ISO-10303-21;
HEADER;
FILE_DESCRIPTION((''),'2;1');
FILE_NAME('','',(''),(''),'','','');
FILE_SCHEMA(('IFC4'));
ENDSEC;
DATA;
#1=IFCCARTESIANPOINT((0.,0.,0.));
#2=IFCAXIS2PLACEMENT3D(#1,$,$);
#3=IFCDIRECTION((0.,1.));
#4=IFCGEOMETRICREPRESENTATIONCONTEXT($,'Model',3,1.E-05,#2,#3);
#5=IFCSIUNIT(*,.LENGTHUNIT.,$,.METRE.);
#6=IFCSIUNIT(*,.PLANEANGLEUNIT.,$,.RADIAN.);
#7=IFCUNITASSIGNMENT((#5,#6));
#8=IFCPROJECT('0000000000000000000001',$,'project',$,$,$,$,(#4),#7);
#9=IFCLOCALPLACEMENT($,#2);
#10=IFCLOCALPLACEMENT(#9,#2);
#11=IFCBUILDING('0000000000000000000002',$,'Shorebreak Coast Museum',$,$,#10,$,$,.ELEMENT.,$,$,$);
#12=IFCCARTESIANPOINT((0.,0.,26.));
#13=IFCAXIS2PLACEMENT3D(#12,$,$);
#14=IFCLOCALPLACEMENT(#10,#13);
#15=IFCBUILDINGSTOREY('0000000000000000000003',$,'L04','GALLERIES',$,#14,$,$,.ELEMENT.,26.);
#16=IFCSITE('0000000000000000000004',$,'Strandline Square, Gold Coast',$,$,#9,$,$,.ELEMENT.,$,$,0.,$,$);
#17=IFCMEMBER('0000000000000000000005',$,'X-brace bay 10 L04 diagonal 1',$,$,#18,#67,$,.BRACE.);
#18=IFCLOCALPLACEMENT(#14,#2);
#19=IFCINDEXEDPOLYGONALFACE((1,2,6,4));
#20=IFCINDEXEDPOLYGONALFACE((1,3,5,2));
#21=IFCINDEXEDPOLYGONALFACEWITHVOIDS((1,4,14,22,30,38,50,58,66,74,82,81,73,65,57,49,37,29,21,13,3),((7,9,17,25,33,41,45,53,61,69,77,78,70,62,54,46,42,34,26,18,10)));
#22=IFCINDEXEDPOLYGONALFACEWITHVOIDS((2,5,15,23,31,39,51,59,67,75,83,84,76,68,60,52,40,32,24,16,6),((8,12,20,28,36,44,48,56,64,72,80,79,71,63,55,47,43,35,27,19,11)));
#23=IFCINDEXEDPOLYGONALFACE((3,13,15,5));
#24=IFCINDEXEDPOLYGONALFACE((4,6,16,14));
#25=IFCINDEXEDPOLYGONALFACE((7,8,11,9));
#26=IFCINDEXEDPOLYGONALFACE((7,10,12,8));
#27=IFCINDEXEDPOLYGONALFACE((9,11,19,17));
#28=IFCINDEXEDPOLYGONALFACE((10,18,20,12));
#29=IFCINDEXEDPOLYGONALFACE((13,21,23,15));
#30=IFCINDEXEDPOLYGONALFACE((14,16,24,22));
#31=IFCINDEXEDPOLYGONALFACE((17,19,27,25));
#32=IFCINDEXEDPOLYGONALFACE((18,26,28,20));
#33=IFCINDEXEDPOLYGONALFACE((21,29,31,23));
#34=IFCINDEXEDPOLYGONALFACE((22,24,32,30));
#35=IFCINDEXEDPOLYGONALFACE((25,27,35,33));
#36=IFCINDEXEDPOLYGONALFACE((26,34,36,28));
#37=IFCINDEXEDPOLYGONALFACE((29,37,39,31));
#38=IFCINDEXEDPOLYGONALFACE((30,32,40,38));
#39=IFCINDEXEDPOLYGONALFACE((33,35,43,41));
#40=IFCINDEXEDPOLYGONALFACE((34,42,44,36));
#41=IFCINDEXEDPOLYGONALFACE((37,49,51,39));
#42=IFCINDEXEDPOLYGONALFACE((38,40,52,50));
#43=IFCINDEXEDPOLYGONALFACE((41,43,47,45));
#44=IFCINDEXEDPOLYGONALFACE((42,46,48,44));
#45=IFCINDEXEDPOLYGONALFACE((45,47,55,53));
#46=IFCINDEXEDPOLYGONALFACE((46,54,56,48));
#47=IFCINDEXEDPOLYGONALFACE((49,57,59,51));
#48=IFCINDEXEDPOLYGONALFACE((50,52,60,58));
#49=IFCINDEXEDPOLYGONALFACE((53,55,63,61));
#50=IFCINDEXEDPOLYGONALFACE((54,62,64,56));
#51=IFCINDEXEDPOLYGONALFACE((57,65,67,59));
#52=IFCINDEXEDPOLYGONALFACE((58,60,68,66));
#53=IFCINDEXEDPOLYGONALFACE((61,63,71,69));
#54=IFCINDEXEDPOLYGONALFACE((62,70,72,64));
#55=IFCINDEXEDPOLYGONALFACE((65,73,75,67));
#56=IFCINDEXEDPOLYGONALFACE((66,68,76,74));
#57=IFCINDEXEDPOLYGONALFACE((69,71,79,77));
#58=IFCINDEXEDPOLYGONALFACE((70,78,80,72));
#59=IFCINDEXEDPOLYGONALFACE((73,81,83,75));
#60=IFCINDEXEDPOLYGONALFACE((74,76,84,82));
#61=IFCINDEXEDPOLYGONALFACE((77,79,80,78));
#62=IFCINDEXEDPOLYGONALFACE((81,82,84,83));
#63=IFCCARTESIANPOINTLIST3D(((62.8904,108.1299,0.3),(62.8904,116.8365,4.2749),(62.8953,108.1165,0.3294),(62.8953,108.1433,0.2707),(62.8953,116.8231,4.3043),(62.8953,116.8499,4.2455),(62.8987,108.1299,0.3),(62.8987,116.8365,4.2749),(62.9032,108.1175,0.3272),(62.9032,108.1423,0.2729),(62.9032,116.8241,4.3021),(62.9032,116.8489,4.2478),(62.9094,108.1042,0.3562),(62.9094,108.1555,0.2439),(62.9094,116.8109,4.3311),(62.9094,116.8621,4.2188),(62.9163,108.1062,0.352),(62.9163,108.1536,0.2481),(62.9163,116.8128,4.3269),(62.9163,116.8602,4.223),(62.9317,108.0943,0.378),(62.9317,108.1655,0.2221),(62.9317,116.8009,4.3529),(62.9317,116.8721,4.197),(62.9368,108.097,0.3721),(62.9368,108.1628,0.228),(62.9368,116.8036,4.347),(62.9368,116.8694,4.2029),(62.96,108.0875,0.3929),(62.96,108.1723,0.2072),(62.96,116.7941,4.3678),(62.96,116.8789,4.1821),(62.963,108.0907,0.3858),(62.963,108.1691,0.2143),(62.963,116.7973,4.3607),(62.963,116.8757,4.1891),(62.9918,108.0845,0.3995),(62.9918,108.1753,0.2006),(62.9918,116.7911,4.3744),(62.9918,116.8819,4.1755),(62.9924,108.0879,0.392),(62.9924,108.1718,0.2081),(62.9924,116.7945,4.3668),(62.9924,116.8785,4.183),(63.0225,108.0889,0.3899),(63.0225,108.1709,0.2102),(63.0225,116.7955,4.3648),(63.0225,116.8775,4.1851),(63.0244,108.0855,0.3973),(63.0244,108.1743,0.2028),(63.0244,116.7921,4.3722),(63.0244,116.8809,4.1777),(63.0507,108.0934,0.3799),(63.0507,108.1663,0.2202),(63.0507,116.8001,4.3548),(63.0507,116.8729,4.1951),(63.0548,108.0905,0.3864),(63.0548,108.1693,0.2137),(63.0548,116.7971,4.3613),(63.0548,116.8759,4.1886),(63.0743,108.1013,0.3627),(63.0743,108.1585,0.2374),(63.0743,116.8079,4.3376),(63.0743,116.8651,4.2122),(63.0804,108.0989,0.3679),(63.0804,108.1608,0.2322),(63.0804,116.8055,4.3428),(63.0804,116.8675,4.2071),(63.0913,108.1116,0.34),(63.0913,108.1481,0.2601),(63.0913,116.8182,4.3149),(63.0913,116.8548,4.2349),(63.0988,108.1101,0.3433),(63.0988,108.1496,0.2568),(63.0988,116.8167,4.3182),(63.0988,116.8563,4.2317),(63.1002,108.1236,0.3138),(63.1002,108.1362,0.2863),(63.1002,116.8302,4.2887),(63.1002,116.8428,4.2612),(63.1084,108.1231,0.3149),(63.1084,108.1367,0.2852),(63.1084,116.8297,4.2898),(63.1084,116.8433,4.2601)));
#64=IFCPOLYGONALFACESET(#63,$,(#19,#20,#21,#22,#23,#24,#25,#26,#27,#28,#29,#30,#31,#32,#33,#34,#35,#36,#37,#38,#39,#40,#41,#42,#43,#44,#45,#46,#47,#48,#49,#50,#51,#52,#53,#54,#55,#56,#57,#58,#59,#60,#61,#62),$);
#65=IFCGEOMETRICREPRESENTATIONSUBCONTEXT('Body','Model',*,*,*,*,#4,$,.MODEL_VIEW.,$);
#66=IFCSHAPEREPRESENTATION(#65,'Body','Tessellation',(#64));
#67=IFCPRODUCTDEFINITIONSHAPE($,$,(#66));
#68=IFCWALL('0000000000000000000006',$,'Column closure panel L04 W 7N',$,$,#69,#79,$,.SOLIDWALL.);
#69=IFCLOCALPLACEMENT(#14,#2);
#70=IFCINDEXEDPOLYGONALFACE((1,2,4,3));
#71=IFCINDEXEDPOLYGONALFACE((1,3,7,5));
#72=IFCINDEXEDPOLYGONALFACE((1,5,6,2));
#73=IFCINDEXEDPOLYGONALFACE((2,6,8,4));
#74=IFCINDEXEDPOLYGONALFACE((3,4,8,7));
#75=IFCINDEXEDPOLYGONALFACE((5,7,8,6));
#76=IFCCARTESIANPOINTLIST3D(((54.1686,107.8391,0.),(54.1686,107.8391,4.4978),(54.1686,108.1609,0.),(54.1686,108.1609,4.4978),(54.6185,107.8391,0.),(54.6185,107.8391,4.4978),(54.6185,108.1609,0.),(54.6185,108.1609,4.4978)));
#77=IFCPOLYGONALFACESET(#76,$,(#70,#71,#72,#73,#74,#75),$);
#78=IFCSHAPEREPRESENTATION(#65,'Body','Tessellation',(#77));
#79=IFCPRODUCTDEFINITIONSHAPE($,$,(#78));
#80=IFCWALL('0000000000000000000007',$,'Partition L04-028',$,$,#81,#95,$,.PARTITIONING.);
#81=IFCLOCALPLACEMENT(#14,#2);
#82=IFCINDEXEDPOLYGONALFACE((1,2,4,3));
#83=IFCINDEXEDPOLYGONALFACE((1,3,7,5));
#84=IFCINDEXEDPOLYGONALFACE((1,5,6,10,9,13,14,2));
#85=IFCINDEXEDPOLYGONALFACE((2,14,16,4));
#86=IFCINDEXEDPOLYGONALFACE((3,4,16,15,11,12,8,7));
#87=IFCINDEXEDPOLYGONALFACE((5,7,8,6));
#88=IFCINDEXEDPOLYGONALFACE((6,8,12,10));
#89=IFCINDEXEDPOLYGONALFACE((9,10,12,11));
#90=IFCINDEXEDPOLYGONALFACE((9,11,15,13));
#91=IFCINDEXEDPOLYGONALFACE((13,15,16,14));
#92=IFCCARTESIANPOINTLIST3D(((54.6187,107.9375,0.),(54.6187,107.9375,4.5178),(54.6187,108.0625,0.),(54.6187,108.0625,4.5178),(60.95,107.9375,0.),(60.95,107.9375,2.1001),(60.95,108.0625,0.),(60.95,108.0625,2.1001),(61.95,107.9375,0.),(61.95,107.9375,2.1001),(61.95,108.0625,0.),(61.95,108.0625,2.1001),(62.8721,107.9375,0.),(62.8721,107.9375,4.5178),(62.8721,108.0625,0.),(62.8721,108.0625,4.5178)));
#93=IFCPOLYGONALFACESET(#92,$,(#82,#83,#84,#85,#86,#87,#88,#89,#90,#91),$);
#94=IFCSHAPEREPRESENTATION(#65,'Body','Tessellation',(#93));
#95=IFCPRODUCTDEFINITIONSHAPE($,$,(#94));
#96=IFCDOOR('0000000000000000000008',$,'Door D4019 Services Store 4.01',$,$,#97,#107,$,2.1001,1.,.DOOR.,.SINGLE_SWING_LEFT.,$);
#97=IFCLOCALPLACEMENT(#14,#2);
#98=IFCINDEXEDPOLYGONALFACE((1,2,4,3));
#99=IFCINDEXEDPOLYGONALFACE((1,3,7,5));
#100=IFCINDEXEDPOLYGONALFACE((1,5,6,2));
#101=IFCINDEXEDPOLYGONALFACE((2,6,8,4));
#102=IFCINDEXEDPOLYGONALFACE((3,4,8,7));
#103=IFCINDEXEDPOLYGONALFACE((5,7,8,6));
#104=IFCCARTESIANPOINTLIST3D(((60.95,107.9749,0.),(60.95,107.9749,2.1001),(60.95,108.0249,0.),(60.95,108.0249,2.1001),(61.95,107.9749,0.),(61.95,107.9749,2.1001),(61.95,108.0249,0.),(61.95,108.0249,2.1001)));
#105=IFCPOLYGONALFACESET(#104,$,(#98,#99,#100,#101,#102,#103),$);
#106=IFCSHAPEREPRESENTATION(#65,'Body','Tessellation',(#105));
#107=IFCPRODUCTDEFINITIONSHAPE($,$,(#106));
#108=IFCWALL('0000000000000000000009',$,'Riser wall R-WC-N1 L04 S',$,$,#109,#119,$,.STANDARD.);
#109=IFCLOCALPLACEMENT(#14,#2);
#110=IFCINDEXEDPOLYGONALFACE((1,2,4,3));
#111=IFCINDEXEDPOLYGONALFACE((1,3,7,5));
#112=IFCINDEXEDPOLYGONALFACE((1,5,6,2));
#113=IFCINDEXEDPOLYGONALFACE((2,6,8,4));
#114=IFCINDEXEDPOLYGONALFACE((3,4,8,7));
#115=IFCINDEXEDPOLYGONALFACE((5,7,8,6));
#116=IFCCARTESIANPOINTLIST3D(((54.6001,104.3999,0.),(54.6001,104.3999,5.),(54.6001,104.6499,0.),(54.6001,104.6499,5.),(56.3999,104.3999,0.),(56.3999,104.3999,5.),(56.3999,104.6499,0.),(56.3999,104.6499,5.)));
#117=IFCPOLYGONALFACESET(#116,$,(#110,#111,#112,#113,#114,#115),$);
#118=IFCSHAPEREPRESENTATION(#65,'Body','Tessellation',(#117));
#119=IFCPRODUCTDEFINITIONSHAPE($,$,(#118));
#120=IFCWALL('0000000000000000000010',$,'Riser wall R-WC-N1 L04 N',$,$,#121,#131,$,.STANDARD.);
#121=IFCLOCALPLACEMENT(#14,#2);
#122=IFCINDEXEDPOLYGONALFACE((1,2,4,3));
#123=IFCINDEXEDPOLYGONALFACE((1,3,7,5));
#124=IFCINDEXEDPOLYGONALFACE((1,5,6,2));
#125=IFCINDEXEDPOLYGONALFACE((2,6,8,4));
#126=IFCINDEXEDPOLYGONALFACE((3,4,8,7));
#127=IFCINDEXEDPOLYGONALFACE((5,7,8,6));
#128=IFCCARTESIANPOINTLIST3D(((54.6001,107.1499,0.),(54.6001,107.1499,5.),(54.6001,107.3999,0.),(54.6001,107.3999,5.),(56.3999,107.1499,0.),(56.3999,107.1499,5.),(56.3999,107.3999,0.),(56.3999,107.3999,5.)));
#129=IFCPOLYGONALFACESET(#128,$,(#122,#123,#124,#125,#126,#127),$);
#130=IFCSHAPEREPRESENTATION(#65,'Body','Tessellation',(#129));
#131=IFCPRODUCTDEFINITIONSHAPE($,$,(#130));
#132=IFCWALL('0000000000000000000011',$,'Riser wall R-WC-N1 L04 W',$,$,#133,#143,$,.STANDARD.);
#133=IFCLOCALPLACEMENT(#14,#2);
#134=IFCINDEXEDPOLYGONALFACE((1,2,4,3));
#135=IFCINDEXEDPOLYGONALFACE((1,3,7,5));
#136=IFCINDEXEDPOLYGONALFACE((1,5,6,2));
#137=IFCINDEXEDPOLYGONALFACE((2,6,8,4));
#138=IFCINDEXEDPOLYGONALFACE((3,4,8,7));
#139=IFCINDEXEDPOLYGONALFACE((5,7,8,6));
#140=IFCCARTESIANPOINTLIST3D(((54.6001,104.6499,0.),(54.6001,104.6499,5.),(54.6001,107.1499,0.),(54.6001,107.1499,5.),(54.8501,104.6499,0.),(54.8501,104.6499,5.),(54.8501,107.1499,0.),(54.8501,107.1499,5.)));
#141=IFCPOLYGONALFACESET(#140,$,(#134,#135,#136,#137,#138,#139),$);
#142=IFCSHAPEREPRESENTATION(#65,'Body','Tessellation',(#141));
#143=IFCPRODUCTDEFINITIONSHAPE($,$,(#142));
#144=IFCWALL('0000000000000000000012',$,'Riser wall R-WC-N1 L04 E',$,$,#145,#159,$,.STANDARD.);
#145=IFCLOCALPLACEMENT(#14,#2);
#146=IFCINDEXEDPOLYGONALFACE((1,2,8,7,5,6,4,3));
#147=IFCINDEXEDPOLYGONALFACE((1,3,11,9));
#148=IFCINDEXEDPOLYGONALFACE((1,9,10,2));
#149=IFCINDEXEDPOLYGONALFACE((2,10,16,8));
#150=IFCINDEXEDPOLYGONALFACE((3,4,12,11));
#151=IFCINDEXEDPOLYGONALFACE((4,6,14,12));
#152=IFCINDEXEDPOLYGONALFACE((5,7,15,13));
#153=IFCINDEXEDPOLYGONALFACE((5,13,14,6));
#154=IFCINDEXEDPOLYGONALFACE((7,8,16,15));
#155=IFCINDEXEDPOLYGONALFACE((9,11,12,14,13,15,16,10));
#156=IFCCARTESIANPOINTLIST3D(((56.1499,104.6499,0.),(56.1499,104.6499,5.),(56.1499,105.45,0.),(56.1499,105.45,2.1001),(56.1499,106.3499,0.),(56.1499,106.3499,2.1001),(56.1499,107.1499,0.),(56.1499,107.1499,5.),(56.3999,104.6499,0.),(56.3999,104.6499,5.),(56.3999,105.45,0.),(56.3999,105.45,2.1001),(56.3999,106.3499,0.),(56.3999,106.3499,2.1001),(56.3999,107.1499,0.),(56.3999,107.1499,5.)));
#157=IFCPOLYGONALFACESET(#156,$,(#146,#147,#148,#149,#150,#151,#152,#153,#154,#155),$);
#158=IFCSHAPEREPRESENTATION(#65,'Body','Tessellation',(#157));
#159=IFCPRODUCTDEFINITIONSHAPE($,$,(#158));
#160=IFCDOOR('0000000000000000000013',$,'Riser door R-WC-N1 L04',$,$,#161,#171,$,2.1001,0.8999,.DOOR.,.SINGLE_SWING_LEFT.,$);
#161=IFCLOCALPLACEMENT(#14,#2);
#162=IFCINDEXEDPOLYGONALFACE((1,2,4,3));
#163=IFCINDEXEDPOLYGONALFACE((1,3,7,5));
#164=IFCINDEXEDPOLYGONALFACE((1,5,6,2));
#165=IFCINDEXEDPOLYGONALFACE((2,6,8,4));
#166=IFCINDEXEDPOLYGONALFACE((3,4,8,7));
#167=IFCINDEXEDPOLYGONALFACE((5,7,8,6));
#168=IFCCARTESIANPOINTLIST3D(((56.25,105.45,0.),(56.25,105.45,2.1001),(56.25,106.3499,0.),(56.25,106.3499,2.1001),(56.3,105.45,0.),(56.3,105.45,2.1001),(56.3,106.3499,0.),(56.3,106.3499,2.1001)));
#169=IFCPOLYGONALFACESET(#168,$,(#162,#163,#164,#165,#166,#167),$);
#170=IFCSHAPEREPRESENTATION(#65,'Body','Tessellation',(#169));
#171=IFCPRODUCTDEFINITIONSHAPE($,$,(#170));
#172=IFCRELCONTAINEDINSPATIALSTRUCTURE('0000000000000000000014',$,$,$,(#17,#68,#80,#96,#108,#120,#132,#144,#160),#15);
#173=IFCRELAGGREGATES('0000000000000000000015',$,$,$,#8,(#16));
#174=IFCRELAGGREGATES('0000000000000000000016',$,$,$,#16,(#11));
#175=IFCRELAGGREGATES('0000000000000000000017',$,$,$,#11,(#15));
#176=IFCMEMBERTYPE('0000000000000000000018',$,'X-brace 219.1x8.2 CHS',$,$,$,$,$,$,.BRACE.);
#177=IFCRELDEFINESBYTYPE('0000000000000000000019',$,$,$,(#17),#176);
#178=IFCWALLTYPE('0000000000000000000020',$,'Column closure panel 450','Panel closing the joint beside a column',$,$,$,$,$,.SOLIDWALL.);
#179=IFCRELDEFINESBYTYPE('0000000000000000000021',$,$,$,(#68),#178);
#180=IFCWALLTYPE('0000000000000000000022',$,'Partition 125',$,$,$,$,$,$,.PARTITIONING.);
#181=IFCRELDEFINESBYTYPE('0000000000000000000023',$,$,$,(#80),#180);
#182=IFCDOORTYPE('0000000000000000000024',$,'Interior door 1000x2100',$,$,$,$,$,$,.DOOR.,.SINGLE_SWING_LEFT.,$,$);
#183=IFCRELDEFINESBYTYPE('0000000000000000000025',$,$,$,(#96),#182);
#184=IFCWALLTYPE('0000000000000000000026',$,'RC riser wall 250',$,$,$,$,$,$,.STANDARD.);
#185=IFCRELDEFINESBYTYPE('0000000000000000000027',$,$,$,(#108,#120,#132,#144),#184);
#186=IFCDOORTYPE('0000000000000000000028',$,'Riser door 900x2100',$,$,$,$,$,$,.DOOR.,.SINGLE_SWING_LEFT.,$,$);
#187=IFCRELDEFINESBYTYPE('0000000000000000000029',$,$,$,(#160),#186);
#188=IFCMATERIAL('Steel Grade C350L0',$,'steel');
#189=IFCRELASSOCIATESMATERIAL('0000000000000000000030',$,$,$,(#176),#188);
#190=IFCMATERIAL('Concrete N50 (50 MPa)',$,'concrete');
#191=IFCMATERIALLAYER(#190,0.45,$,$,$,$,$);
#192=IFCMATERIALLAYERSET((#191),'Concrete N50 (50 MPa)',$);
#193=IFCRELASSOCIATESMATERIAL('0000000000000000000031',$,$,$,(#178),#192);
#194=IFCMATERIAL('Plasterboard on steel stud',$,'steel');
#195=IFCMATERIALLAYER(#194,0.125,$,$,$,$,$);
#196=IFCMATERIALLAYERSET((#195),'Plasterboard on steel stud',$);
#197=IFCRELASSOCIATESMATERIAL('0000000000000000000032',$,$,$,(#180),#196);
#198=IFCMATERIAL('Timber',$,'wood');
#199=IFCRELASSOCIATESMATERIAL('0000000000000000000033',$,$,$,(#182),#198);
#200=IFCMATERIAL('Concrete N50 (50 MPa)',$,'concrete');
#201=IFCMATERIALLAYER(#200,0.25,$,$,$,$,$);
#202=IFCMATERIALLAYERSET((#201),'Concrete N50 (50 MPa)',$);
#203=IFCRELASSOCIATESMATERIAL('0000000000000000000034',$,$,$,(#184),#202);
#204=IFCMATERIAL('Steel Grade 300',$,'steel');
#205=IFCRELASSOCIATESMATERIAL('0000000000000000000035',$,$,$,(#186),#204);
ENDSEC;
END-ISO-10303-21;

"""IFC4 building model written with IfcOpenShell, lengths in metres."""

from ifc_helpers import new_model, si_unit, direction, frame, frame_2d, origin, origin_2d, place, context, subcontext, project, spatial, rectangle, hollow_circle, extrude, material, layer, layer_set, material_profile, profile_set, type_object, element, fill, save


model = new_model("IFC4")

# Units and contexts
model_context = context("Model", 3, precision=1e-05, world=origin(), true_north=direction((0.0, 1.0)))
body_context = subcontext(model_context, "Body", "Model", "MODEL_VIEW")
ifc_project = project(units=[si_unit("LENGTHUNIT", "METRE"), si_unit("PLANEANGLEUNIT", "RADIAN")], contexts=[model_context])

# Site, building, storey
site_placement = place(None, origin())
site = spatial("IfcSite", under=ifc_project, at=site_placement, Name="Strandline Square, Gold Coast", CompositionType="ELEMENT", RefElevation=0.0)
building_placement = place(site_placement, origin())
building = spatial("IfcBuilding", under=site, at=building_placement, Name="Shorebreak Coast Museum", CompositionType="ELEMENT")
storey_placement = place(building_placement, frame((0.0, 0.0, 26.0)))
storey = spatial("IfcBuildingStorey", under=building, at=storey_placement, Name="L04", Description="GALLERIES", CompositionType="ELEMENT", Elevation=26.0)

# Member
ifc_material_1 = material(Name="Steel Grade C350L0", Category="steel")
ifc_material_profile_1 = material_profile(ifc_material_1, hollow_circle(Radius=0.1096, WallThickness=0.0083, at=origin_2d()), Name="219.1x8.2 CHS")
ifc_profile_set_1 = profile_set([ifc_material_profile_1], Name="Steel Grade C350L0")
member_type = type_object("IfcMemberType", Name="X-brace 219.1x8.2 CHS", PredefinedType="BRACE", material=ifc_profile_set_1)
member_1_placement = place(storey_placement, frame((63.0, 108.1299, 0.3), z_axis=(0.0, 0.909683, 0.415303), x_axis=(-1.0, 0.0, 0.0)))
element("IfcMember", 1, at=member_1_placement, inside=storey, type_object=member_type, Name="X-brace bay 10 L04 diagonal 1", PredefinedType="BRACE", context=body_context, shape_type="SweptSolid", body=[
    extrude(hollow_circle(Radius=0.1096, WallThickness=0.0083, at=origin_2d()), origin(), (0.0, 0.0, 1.0), 9.571),
])

# Wall
ifc_material_2 = material(Name="Concrete N50 (50 MPa)", Category="concrete")
ifc_layer_1 = layer(ifc_material_2, 0.45)
ifc_layer_set_1 = layer_set([ifc_layer_1], Name="Concrete N50 (50 MPa)")
wall_type_1 = type_object("IfcWallType", Name="Column closure panel 450", Description="Panel closing the joint beside a column", PredefinedType="SOLIDWALL", material=ifc_layer_set_1)
wall_1_placement = place(storey_placement, frame((54.3936, 107.8391, 0.0), z_axis=(0.0, 0.0, 1.0), x_axis=(0.0, 1.0, 0.0)))
element("IfcWall", 2, at=wall_1_placement, inside=storey, type_object=wall_type_1, Name="Column closure panel L04 W 7N", PredefinedType="SOLIDWALL", context=body_context, shape_type="SweptSolid", body=[
    extrude(rectangle(XDim=0.3218, YDim=0.45, at=frame_2d((0.1609, 0.0))), origin(), (0.0, 0.0, 1.0), 4.4978),
])

# Wall, opening, door
ifc_material_3 = material(Name="Plasterboard on steel stud", Category="steel")
ifc_layer_2 = layer(ifc_material_3, 0.125)
ifc_layer_set_2 = layer_set([ifc_layer_2], Name="Plasterboard on steel stud")
wall_type_2 = type_object("IfcWallType", Name="Partition 125", PredefinedType="PARTITIONING", material=ifc_layer_set_2)
wall_2_placement = place(storey_placement, frame((54.6187, 108.0, 0.0), z_axis=(0.0, 0.0, 1.0), x_axis=(1.0, 0.0, 0.0)))
wall_2 = element("IfcWall", 3, at=wall_2_placement, inside=storey, type_object=wall_type_2, Name="Partition L04-028", PredefinedType="PARTITIONING", context=body_context, shape_type="SweptSolid", body=[
    extrude(rectangle(XDim=8.2534, YDim=0.125, at=frame_2d((4.1267, 0.0))), origin(), (0.0, 0.0, 1.0), 4.5178),
])
opening_1_placement = place(wall_2_placement, frame((6.3313, 0.0, 0.0)))
opening_1 = element("IfcOpeningElement", 4, at=opening_1_placement, cuts=wall_2, PredefinedType="OPENING", context=body_context, shape_type="SweptSolid", body=[
    extrude(rectangle(XDim=1.0, YDim=2.1001, at=frame_2d((0.5, 1.05))), frame((0.0, 0.0725, 0.0), z_axis=(0.0, -1.0, 0.0), x_axis=(1.0, 0.0, 0.0)), (0.0, 0.0, 1.0), 0.145),
])
ifc_material_4 = material(Name="Timber", Category="wood")
door_type_1 = type_object("IfcDoorType", Name="Interior door 1000x2100", OperationType="SINGLE_SWING_LEFT", PredefinedType="DOOR", material=ifc_material_4)
door_1_placement = place(opening_1_placement, origin())
door_1 = element("IfcDoor", 5, at=door_1_placement, inside=storey, type_object=door_type_1, Name="Door D4019 Services Store 4.01", OperationType="SINGLE_SWING_LEFT", OverallHeight=2.1001, OverallWidth=1.0, PredefinedType="DOOR", context=body_context, shape_type="SweptSolid", body=[
    extrude(rectangle(XDim=1.0, YDim=2.1001, at=frame_2d((0.5, 1.05))), frame((0.0, 0.0249, 0.0), z_axis=(0.0, -1.0, 0.0), x_axis=(1.0, 0.0, 0.0)), (0.0, 0.0, 1.0), 0.05),
])
fill(opening_1, door_1)

# Walls
ifc_material_5 = material(Name="Concrete N50 (50 MPa)", Category="concrete")
ifc_layer_3 = layer(ifc_material_5, 0.25)
ifc_layer_set_3 = layer_set([ifc_layer_3], Name="Concrete N50 (50 MPa)")
wall_type_3 = type_object("IfcWallType", Name="RC riser wall 250", PredefinedType="STANDARD", material=ifc_layer_set_3)
for number, where, z_axis, x_axis, name in (
    (6, (54.6001, 104.5249, 0.0), (0.0, 0.0, 1.0), (1.0, 0.0, 0.0), "Riser wall R-WC-N1 L04 S"),
    (7, (54.6001, 107.2749, 0.0), (0.0, 0.0, 1.0), (1.0, 0.0, 0.0), "Riser wall R-WC-N1 L04 N"),
):
    element("IfcWall", number, at=place(storey_placement, frame(where, z_axis=z_axis, x_axis=x_axis)), inside=storey, type_object=wall_type_3, Name=name, PredefinedType="STANDARD", context=body_context, shape_type="SweptSolid", body=[
        extrude(rectangle(XDim=1.7998, YDim=0.25, at=frame_2d((0.8999, 0.0))), origin(), (0.0, 0.0, 1.0), 5.0),
    ])
wall_3_placement = place(storey_placement, frame((54.7251, 104.6499, 0.0), z_axis=(0.0, 0.0, 1.0), x_axis=(0.0, 1.0, 0.0)))
element("IfcWall", 8, at=wall_3_placement, inside=storey, type_object=wall_type_3, Name="Riser wall R-WC-N1 L04 W", PredefinedType="STANDARD", context=body_context, shape_type="SweptSolid", body=[
    extrude(rectangle(XDim=2.5, YDim=0.25, at=frame_2d((1.25, 0.0))), origin(), (0.0, 0.0, 1.0), 5.0),
])

# Wall, opening, door
wall_4_placement = place(storey_placement, frame((56.2749, 104.6499, 0.0), z_axis=(0.0, 0.0, 1.0), x_axis=(0.0, 1.0, 0.0)))
wall_4 = element("IfcWall", 9, at=wall_4_placement, inside=storey, type_object=wall_type_3, Name="Riser wall R-WC-N1 L04 E", PredefinedType="STANDARD", context=body_context, shape_type="SweptSolid", body=[
    extrude(rectangle(XDim=2.5, YDim=0.25, at=frame_2d((1.25, 0.0))), origin(), (0.0, 0.0, 1.0), 5.0),
])
opening_2_placement = place(wall_4_placement, frame((0.8, 0.0, 0.0)))
opening_2 = element("IfcOpeningElement", 10, at=opening_2_placement, cuts=wall_4, PredefinedType="OPENING", context=body_context, shape_type="SweptSolid", body=[
    extrude(rectangle(XDim=0.8999, YDim=2.1001, at=frame_2d((0.45, 1.05))), frame((0.0, 0.135, 0.0), z_axis=(0.0, -1.0, 0.0), x_axis=(1.0, 0.0, 0.0)), (0.0, 0.0, 1.0), 0.27),
])
ifc_material_6 = material(Name="Steel Grade 300", Category="steel")
door_type_2 = type_object("IfcDoorType", Name="Riser door 900x2100", OperationType="SINGLE_SWING_LEFT", PredefinedType="DOOR", material=ifc_material_6)
door_2_placement = place(opening_2_placement, origin())
door_2 = element("IfcDoor", 11, at=door_2_placement, inside=storey, type_object=door_type_2, Name="Riser door R-WC-N1 L04", OperationType="SINGLE_SWING_LEFT", OverallHeight=2.1001, OverallWidth=0.8999, PredefinedType="DOOR", context=body_context, shape_type="SweptSolid", body=[
    extrude(rectangle(XDim=0.8999, YDim=2.1001, at=frame_2d((0.45, 1.05))), frame((0.0, 0.0249, 0.0), z_axis=(0.0, -1.0, 0.0), x_axis=(1.0, 0.0, 0.0)), (0.0, 0.0, 1.0), 0.05),
])
fill(opening_2, door_2)

save(model, "model.ifc")
